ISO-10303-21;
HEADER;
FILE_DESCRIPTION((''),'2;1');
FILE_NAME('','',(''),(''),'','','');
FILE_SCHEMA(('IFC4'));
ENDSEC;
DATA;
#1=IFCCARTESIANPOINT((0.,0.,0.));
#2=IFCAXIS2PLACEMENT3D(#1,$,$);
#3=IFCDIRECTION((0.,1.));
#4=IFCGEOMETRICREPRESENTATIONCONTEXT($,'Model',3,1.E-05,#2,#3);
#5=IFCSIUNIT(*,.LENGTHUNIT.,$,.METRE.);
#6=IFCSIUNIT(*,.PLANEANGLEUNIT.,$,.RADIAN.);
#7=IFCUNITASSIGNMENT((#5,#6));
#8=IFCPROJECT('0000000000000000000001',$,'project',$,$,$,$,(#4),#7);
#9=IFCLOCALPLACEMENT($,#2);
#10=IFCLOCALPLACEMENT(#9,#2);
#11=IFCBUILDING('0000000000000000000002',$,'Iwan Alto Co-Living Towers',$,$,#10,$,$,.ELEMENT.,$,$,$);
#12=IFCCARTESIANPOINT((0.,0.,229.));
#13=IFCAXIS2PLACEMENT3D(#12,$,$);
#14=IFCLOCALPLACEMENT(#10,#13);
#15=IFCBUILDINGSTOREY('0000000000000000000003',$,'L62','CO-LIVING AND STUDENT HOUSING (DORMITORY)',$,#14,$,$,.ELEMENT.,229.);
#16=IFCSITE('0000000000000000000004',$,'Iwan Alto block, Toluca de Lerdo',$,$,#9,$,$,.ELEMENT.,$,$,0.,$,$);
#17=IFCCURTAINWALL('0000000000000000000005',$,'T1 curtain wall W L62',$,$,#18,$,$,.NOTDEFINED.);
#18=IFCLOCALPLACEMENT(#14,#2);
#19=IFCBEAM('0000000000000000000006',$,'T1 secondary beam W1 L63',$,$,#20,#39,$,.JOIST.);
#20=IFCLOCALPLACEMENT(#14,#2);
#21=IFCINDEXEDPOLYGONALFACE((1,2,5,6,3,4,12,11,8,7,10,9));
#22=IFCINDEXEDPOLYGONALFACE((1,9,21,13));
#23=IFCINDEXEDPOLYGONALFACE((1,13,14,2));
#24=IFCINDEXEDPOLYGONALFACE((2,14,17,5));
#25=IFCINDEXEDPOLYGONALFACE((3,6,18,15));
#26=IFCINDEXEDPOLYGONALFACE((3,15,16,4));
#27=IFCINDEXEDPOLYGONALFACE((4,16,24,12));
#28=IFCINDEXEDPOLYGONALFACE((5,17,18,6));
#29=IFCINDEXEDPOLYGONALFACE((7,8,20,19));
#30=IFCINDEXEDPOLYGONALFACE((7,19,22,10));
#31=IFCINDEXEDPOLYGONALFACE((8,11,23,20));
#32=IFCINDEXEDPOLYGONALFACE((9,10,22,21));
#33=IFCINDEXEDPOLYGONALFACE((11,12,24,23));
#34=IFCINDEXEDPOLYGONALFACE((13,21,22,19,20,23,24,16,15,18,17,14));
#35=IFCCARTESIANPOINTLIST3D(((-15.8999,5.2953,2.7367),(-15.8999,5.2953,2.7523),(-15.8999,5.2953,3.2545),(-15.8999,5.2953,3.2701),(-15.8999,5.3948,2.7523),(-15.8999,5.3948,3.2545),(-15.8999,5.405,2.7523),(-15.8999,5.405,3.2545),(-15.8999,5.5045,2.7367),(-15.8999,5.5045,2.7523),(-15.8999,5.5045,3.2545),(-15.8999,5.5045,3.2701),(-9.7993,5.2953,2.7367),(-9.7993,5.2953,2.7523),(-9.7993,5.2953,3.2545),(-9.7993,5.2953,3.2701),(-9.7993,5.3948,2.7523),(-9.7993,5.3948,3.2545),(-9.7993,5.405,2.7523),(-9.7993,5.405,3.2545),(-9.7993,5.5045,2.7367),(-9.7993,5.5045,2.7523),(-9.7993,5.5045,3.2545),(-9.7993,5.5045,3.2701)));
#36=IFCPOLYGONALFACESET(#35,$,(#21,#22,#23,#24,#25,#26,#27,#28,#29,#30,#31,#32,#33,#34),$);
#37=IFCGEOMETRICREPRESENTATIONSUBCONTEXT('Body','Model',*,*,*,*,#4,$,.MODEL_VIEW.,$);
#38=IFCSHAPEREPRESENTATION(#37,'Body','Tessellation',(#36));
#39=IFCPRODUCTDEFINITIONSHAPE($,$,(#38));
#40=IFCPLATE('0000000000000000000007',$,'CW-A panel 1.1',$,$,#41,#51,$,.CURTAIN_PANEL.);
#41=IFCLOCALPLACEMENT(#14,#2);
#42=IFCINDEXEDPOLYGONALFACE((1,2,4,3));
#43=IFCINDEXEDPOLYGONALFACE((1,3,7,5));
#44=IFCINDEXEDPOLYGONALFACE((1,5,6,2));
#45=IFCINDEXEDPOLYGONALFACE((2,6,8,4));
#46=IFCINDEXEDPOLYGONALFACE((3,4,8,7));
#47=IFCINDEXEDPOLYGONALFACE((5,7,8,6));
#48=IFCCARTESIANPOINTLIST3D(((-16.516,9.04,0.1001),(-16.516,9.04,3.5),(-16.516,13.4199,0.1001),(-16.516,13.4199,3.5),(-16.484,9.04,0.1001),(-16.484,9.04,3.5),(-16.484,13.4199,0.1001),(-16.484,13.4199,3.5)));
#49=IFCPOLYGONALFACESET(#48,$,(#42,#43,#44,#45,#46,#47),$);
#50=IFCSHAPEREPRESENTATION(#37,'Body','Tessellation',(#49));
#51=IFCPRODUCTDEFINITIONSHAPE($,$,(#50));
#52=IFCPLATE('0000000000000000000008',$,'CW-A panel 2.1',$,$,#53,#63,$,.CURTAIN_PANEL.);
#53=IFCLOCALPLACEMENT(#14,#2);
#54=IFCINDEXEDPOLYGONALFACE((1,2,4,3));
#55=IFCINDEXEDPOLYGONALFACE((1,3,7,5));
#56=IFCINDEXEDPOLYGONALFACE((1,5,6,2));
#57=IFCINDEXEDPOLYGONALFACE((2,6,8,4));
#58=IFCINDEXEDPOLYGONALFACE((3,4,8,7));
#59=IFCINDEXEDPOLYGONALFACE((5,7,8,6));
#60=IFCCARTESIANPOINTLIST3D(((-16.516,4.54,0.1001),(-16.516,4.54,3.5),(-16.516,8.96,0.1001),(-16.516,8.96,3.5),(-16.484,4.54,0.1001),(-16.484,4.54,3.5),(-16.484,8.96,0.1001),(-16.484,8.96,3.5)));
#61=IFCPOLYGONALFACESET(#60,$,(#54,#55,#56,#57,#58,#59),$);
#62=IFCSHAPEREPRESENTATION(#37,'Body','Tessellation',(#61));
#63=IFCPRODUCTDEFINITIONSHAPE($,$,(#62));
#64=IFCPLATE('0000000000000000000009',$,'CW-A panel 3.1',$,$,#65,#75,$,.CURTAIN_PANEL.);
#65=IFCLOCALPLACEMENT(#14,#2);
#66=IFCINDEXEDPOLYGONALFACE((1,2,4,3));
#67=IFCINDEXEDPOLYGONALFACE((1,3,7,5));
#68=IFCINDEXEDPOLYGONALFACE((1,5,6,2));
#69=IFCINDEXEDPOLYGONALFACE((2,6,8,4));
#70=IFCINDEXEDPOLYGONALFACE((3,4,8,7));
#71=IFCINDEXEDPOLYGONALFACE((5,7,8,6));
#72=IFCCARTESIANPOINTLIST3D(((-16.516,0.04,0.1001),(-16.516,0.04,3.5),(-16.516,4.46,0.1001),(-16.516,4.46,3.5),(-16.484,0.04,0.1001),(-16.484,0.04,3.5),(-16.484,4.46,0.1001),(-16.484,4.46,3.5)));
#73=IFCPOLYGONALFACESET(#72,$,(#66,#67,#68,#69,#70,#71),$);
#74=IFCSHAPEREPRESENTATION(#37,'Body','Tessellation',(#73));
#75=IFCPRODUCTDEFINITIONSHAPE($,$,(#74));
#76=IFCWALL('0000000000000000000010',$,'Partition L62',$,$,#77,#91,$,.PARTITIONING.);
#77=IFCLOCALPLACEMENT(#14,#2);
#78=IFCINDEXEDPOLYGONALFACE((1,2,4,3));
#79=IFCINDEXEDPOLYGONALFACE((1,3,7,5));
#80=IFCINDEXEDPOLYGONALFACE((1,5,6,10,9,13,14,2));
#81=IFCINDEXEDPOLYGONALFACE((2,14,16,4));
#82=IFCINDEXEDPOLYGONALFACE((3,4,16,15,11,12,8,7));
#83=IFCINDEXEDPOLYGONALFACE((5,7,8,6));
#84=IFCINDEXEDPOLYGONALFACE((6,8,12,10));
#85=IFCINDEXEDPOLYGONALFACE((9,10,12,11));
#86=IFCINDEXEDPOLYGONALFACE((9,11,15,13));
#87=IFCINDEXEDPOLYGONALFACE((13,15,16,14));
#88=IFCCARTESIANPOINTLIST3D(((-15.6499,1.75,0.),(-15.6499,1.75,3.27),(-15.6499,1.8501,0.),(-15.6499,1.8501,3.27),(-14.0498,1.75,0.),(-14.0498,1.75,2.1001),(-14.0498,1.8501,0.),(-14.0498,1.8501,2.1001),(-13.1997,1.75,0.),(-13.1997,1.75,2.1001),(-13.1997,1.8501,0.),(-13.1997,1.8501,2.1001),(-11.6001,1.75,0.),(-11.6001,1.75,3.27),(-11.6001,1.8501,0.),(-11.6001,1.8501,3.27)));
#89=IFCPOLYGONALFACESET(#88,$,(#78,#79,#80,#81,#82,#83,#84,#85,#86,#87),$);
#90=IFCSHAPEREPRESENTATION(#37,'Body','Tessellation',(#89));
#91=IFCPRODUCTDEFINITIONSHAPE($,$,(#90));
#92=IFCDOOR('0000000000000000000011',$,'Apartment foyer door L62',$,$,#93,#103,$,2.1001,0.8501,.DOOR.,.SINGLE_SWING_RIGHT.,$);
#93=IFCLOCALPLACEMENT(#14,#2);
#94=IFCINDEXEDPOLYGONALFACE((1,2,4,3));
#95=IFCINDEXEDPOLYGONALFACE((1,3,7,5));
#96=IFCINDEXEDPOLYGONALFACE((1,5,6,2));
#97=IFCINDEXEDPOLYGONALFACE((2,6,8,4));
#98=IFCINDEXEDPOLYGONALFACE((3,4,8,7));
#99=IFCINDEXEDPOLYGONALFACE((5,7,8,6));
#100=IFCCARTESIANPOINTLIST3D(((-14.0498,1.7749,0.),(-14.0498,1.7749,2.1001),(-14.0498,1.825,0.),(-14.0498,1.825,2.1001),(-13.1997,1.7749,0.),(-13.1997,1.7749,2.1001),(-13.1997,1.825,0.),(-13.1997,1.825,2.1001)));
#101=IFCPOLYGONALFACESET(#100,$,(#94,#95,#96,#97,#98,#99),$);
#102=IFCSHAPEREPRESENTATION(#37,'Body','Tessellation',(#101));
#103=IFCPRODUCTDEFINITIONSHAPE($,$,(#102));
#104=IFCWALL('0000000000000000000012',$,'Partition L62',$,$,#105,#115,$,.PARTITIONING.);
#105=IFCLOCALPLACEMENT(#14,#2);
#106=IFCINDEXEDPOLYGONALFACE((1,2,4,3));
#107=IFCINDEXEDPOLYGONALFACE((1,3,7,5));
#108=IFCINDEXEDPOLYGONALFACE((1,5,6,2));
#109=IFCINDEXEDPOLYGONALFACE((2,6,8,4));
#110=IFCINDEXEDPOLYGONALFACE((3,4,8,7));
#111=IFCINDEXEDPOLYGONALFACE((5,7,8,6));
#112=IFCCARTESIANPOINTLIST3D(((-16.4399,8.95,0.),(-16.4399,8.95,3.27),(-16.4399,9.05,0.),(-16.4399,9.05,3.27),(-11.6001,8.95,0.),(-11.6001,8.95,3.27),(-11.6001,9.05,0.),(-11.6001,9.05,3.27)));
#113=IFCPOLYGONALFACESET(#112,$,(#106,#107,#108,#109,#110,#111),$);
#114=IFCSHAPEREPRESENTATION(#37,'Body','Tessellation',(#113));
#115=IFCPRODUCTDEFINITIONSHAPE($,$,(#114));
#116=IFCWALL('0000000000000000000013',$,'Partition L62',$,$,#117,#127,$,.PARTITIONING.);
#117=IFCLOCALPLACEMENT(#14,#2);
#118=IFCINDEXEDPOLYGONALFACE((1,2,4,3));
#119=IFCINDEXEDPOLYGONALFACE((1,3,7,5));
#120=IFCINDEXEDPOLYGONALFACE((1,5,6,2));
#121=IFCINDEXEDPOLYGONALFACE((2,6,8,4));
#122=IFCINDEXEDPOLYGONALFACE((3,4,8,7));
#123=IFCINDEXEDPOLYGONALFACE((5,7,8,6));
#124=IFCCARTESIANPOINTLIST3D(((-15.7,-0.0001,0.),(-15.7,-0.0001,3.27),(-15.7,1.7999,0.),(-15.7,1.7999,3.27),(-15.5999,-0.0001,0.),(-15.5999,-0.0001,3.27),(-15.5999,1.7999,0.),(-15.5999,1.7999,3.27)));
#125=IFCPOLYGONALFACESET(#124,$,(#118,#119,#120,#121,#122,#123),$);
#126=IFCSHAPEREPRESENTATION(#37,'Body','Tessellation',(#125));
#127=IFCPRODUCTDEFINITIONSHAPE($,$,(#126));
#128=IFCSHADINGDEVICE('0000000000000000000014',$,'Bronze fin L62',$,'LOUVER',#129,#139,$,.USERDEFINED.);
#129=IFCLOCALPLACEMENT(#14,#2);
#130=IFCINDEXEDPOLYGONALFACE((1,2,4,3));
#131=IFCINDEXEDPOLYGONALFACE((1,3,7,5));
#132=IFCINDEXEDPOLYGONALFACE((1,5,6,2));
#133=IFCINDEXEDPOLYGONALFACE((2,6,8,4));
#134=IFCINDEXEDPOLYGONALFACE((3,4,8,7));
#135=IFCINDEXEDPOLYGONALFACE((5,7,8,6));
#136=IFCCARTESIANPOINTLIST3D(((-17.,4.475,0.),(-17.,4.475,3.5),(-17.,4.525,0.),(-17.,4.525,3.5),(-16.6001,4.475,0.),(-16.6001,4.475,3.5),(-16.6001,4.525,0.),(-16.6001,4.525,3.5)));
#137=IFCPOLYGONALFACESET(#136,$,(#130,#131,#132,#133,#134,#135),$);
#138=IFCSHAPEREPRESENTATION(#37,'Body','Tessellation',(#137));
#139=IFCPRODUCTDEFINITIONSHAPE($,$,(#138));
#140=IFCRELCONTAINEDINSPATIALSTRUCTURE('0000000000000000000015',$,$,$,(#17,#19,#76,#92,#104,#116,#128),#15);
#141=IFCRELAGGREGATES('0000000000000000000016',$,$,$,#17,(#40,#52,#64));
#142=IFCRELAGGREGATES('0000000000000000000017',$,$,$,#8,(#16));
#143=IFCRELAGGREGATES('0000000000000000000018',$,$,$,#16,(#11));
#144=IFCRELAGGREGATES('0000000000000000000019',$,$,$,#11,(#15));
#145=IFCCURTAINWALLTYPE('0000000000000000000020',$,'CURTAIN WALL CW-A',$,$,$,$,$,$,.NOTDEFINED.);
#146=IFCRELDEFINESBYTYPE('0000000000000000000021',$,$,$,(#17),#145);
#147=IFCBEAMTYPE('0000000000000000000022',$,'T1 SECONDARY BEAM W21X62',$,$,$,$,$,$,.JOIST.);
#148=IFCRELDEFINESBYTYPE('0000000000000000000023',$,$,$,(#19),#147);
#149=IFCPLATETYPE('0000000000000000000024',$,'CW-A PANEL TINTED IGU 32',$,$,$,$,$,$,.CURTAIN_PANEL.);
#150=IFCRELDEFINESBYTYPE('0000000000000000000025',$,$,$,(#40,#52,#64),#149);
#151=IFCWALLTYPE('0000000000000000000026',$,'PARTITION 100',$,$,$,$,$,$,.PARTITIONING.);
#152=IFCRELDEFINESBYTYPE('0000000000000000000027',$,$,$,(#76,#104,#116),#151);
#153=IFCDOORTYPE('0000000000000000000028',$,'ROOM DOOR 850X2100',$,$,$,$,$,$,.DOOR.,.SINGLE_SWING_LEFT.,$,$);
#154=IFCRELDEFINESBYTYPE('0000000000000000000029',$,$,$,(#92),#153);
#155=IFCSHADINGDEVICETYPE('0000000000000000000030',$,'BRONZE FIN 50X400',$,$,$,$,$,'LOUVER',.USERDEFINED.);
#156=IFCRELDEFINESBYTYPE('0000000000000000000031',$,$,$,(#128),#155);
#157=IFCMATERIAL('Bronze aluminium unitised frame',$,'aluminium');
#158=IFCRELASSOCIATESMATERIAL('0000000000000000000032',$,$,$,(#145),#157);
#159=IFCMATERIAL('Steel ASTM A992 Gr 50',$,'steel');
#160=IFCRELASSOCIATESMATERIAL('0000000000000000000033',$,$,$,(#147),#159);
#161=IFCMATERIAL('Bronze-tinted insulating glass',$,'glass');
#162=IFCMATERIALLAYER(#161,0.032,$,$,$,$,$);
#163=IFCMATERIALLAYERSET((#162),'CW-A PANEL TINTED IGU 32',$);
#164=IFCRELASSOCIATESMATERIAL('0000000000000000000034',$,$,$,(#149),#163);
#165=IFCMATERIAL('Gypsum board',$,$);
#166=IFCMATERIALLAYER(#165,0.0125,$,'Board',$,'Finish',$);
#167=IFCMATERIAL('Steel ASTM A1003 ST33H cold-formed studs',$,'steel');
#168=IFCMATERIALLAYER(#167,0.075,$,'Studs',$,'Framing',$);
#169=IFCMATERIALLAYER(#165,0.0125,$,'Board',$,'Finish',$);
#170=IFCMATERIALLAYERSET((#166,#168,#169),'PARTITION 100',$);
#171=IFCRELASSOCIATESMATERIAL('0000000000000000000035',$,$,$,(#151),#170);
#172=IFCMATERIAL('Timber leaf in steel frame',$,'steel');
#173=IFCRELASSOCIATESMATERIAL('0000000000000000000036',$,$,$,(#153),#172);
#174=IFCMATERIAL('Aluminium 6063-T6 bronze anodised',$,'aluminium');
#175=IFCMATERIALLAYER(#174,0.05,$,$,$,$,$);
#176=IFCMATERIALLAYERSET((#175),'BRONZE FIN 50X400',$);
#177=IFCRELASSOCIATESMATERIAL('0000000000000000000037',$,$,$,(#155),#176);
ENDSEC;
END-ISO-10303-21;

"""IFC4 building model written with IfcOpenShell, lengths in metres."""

from ifc_helpers import new_model, si_unit, direction, frame, frame_2d, origin, origin_2d, place, context, subcontext, project, spatial, rectangle, i_section, extrude, material, layer, layer_set, material_profile, profile_set, type_object, element, fill, aggregate, save


model = new_model("IFC4")

# Units and contexts
model_context = context("Model", 3, precision=1e-05, world=origin(), true_north=direction((0.0, 1.0)))
body_context = subcontext(model_context, "Body", "Model", "MODEL_VIEW")
ifc_project = project(units=[si_unit("LENGTHUNIT", "METRE"), si_unit("PLANEANGLEUNIT", "RADIAN")], contexts=[model_context])

# Site, building, storey
site_placement = place(None, origin())
site = spatial("IfcSite", under=ifc_project, at=site_placement, Name="Iwan Alto block, Toluca de Lerdo", CompositionType="ELEMENT", RefElevation=0.0)
building_placement = place(site_placement, origin())
building = spatial("IfcBuilding", under=site, at=building_placement, Name="Iwan Alto Co-Living Towers", CompositionType="ELEMENT")
storey_placement = place(building_placement, frame((0.0, 0.0, 229.0)))
storey = spatial("IfcBuildingStorey", under=building, at=storey_placement, Name="L62", Description="CO-LIVING AND STUDENT HOUSING (DORMITORY)", CompositionType="ELEMENT", Elevation=229.0)

# Curtain wall
ifc_material_1 = material(Name="Bronze aluminium unitised frame", Category="aluminium")
curtain_wall_type = type_object("IfcCurtainWallType", Name="CURTAIN WALL CW-A", PredefinedType="NOTDEFINED", material=ifc_material_1)
curtain_wall_placement = place(storey_placement, origin())
curtain_wall = element("IfcCurtainWall", 1, at=curtain_wall_placement, inside=storey, type_object=curtain_wall_type, Name="T1 curtain wall W L62", PredefinedType="NOTDEFINED")

# Beam
ifc_material_2 = material(Name="Steel ASTM A992 Gr 50", Category="steel")
ifc_material_profile_1 = material_profile(ifc_material_2, i_section(OverallWidth=0.2092, OverallDepth=0.5334, WebThickness=0.0103, FlangeThickness=0.0156, at=origin_2d()), Name="W21X62")
ifc_profile_set_1 = profile_set([ifc_material_profile_1], Name="Steel ASTM A992 Gr 50")
beam_type_1 = type_object("IfcBeamType", Name="T1 SECONDARY BEAM W21X62", PredefinedType="JOIST", material=ifc_profile_set_1)
beam_1_placement = place(storey_placement, frame((-15.8999, 5.3999, 3.0034), z_axis=(1.0, 0.0, 0.0), x_axis=(0.0, 1.0, 0.0)))
element("IfcBeam", 2, at=beam_1_placement, inside=storey, type_object=beam_type_1, Name="T1 secondary beam W1 L63", PredefinedType="JOIST", context=body_context, shape_type="SweptSolid", body=[
    extrude(i_section(OverallWidth=0.2092, OverallDepth=0.5334, WebThickness=0.0103, FlangeThickness=0.0156, at=origin_2d()), origin(), (0.0, 0.0, 1.0), 6.1006),
])

# Plates
ifc_material_3 = material(Name="Bronze-tinted insulating glass", Category="glass")
ifc_layer_1 = layer(ifc_material_3, 0.032)
ifc_layer_set_1 = layer_set([ifc_layer_1], Name="CW-A PANEL TINTED IGU 32")
plate_type = type_object("IfcPlateType", Name="CW-A PANEL TINTED IGU 32", PredefinedType="CURTAIN_PANEL", material=ifc_layer_set_1)
plate_1_placement = place(storey_placement, frame((-16.5, 11.23, 0.1001), z_axis=(0.0, 0.0, 1.0), x_axis=(0.0, -1.0, 0.0)))
plate_1 = element("IfcPlate", 3, at=plate_1_placement, type_object=plate_type, Name="CW-A panel 1.1", PredefinedType="CURTAIN_PANEL", context=body_context, shape_type="SweptSolid", body=[
    extrude(rectangle(XDim=4.3799, YDim=0.032, at=origin_2d()), origin(), (0.0, 0.0, 1.0), 3.3999),
])
plate_2_placement = place(storey_placement, frame((-16.5, 6.75, 0.1001), z_axis=(0.0, 0.0, 1.0), x_axis=(0.0, -1.0, 0.0)))
plate_2 = element("IfcPlate", 4, at=plate_2_placement, type_object=plate_type, Name="CW-A panel 2.1", PredefinedType="CURTAIN_PANEL", context=body_context, shape_type="SweptSolid", body=[
    extrude(rectangle(XDim=4.4199, YDim=0.032, at=origin_2d()), origin(), (0.0, 0.0, 1.0), 3.3999),
])
plate_3_placement = place(storey_placement, frame((-16.5, 2.25, 0.1001), z_axis=(0.0, 0.0, 1.0), x_axis=(0.0, -1.0, 0.0)))
plate_3 = element("IfcPlate", 5, at=plate_3_placement, type_object=plate_type, Name="CW-A panel 3.1", PredefinedType="CURTAIN_PANEL", context=body_context, shape_type="SweptSolid", body=[
    extrude(rectangle(XDim=4.4199, YDim=0.032, at=origin_2d()), origin(), (0.0, 0.0, 1.0), 3.3999),
])
aggregate(curtain_wall, [plate_1, plate_2, plate_3])

# Wall, opening, door
ifc_material_4 = material(Name="Gypsum board")
ifc_layer_2 = layer(ifc_material_4, 0.0125, Name="Board", Category="Finish")
ifc_material_5 = material(Name="Steel ASTM A1003 ST33H cold-formed studs", Category="steel")
ifc_layer_3 = layer(ifc_material_5, 0.075, Name="Studs", Category="Framing")
ifc_layer_4 = layer(ifc_material_4, 0.0125, Name="Board", Category="Finish")
ifc_layer_set_2 = layer_set([ifc_layer_2, ifc_layer_3, ifc_layer_4], Name="PARTITION 100")
wall_type = type_object("IfcWallType", Name="PARTITION 100", PredefinedType="PARTITIONING", material=ifc_layer_set_2)
wall_1_placement = place(storey_placement, frame((-15.6499, 1.8, 0.0), z_axis=(0.0, 0.0, 1.0), x_axis=(1.0, 0.0, 0.0)))
wall_1 = element("IfcWall", 6, at=wall_1_placement, inside=storey, type_object=wall_type, Name="Partition L62", PredefinedType="PARTITIONING", context=body_context, shape_type="SweptSolid", body=[
    extrude(rectangle(XDim=4.0498, YDim=0.1001, at=frame_2d((2.0249, 0.0))), origin(), (0.0, 0.0, 1.0), 3.27),
])
opening_placement = place(wall_1_placement, frame((1.6001, 0.0, 0.0)))
opening = element("IfcOpeningElement", 7, at=opening_placement, cuts=wall_1, PredefinedType="OPENING", context=body_context, shape_type="SweptSolid", body=[
    extrude(rectangle(XDim=0.8501, YDim=2.1001, at=frame_2d((0.425, 1.05))), frame((0.0, 0.0601, 0.0), z_axis=(0.0, -1.0, 0.0), x_axis=(1.0, 0.0, 0.0)), (0.0, 0.0, 1.0), 0.1201),
])
ifc_material_6 = material(Name="Timber leaf in steel frame", Category="steel")
door_type = type_object("IfcDoorType", Name="ROOM DOOR 850X2100", OperationType="SINGLE_SWING_LEFT", PredefinedType="DOOR", material=ifc_material_6)
door_placement = place(opening_placement, origin())
door = element("IfcDoor", 8, at=door_placement, inside=storey, type_object=door_type, Name="Apartment foyer door L62", OperationType="SINGLE_SWING_RIGHT", OverallHeight=2.1001, OverallWidth=0.8501, PredefinedType="DOOR", context=body_context, shape_type="SweptSolid", body=[
    extrude(rectangle(XDim=0.8501, YDim=2.1001, at=frame_2d((0.425, 1.05))), frame((0.0, 0.0249, 0.0), z_axis=(0.0, -1.0, 0.0), x_axis=(1.0, 0.0, 0.0)), (0.0, 0.0, 1.0), 0.05),
])
fill(opening, door)

# Walls
wall_2_placement = place(storey_placement, frame((-16.4399, 9.0, 0.0), z_axis=(0.0, 0.0, 1.0), x_axis=(1.0, 0.0, 0.0)))
element("IfcWall", 9, at=wall_2_placement, inside=storey, type_object=wall_type, Name="Partition L62", PredefinedType="PARTITIONING", context=body_context, shape_type="SweptSolid", body=[
    extrude(rectangle(XDim=4.8398, YDim=0.1001, at=frame_2d((2.4199, 0.0))), origin(), (0.0, 0.0, 1.0), 3.27),
])
wall_3_placement = place(storey_placement, frame((-15.6499, 0.0, 0.0), z_axis=(0.0, 0.0, 1.0), x_axis=(0.0, 1.0, 0.0)))
element("IfcWall", 10, at=wall_3_placement, inside=storey, type_object=wall_type, Name="Partition L62", PredefinedType="PARTITIONING", context=body_context, shape_type="SweptSolid", body=[
    extrude(rectangle(XDim=1.8, YDim=0.1001, at=frame_2d((0.8999, 0.0))), origin(), (0.0, 0.0, 1.0), 3.27),
])

# Shading device
ifc_material_7 = material(Name="Aluminium 6063-T6 bronze anodised", Category="aluminium")
ifc_layer_5 = layer(ifc_material_7, 0.05)
ifc_layer_set_3 = layer_set([ifc_layer_5], Name="BRONZE FIN 50X400")
shading_device_type = type_object("IfcShadingDeviceType", Name="BRONZE FIN 50X400", ElementType="LOUVER", PredefinedType="USERDEFINED", material=ifc_layer_set_3)
shading_device_placement = place(storey_placement, frame((-16.8, 4.5, 0.0), z_axis=(0.0, 0.0, 1.0), x_axis=(0.0, -1.0, 0.0)))
element("IfcShadingDevice", 11, at=shading_device_placement, inside=storey, type_object=shading_device_type, Name="Bronze fin L62", ObjectType="LOUVER", PredefinedType="USERDEFINED", context=body_context, shape_type="SweptSolid", body=[
    extrude(rectangle(XDim=0.05, YDim=0.3999, at=origin_2d()), origin(), (0.0, 0.0, 1.0), 3.5),
])

save(model, "model.ifc")
